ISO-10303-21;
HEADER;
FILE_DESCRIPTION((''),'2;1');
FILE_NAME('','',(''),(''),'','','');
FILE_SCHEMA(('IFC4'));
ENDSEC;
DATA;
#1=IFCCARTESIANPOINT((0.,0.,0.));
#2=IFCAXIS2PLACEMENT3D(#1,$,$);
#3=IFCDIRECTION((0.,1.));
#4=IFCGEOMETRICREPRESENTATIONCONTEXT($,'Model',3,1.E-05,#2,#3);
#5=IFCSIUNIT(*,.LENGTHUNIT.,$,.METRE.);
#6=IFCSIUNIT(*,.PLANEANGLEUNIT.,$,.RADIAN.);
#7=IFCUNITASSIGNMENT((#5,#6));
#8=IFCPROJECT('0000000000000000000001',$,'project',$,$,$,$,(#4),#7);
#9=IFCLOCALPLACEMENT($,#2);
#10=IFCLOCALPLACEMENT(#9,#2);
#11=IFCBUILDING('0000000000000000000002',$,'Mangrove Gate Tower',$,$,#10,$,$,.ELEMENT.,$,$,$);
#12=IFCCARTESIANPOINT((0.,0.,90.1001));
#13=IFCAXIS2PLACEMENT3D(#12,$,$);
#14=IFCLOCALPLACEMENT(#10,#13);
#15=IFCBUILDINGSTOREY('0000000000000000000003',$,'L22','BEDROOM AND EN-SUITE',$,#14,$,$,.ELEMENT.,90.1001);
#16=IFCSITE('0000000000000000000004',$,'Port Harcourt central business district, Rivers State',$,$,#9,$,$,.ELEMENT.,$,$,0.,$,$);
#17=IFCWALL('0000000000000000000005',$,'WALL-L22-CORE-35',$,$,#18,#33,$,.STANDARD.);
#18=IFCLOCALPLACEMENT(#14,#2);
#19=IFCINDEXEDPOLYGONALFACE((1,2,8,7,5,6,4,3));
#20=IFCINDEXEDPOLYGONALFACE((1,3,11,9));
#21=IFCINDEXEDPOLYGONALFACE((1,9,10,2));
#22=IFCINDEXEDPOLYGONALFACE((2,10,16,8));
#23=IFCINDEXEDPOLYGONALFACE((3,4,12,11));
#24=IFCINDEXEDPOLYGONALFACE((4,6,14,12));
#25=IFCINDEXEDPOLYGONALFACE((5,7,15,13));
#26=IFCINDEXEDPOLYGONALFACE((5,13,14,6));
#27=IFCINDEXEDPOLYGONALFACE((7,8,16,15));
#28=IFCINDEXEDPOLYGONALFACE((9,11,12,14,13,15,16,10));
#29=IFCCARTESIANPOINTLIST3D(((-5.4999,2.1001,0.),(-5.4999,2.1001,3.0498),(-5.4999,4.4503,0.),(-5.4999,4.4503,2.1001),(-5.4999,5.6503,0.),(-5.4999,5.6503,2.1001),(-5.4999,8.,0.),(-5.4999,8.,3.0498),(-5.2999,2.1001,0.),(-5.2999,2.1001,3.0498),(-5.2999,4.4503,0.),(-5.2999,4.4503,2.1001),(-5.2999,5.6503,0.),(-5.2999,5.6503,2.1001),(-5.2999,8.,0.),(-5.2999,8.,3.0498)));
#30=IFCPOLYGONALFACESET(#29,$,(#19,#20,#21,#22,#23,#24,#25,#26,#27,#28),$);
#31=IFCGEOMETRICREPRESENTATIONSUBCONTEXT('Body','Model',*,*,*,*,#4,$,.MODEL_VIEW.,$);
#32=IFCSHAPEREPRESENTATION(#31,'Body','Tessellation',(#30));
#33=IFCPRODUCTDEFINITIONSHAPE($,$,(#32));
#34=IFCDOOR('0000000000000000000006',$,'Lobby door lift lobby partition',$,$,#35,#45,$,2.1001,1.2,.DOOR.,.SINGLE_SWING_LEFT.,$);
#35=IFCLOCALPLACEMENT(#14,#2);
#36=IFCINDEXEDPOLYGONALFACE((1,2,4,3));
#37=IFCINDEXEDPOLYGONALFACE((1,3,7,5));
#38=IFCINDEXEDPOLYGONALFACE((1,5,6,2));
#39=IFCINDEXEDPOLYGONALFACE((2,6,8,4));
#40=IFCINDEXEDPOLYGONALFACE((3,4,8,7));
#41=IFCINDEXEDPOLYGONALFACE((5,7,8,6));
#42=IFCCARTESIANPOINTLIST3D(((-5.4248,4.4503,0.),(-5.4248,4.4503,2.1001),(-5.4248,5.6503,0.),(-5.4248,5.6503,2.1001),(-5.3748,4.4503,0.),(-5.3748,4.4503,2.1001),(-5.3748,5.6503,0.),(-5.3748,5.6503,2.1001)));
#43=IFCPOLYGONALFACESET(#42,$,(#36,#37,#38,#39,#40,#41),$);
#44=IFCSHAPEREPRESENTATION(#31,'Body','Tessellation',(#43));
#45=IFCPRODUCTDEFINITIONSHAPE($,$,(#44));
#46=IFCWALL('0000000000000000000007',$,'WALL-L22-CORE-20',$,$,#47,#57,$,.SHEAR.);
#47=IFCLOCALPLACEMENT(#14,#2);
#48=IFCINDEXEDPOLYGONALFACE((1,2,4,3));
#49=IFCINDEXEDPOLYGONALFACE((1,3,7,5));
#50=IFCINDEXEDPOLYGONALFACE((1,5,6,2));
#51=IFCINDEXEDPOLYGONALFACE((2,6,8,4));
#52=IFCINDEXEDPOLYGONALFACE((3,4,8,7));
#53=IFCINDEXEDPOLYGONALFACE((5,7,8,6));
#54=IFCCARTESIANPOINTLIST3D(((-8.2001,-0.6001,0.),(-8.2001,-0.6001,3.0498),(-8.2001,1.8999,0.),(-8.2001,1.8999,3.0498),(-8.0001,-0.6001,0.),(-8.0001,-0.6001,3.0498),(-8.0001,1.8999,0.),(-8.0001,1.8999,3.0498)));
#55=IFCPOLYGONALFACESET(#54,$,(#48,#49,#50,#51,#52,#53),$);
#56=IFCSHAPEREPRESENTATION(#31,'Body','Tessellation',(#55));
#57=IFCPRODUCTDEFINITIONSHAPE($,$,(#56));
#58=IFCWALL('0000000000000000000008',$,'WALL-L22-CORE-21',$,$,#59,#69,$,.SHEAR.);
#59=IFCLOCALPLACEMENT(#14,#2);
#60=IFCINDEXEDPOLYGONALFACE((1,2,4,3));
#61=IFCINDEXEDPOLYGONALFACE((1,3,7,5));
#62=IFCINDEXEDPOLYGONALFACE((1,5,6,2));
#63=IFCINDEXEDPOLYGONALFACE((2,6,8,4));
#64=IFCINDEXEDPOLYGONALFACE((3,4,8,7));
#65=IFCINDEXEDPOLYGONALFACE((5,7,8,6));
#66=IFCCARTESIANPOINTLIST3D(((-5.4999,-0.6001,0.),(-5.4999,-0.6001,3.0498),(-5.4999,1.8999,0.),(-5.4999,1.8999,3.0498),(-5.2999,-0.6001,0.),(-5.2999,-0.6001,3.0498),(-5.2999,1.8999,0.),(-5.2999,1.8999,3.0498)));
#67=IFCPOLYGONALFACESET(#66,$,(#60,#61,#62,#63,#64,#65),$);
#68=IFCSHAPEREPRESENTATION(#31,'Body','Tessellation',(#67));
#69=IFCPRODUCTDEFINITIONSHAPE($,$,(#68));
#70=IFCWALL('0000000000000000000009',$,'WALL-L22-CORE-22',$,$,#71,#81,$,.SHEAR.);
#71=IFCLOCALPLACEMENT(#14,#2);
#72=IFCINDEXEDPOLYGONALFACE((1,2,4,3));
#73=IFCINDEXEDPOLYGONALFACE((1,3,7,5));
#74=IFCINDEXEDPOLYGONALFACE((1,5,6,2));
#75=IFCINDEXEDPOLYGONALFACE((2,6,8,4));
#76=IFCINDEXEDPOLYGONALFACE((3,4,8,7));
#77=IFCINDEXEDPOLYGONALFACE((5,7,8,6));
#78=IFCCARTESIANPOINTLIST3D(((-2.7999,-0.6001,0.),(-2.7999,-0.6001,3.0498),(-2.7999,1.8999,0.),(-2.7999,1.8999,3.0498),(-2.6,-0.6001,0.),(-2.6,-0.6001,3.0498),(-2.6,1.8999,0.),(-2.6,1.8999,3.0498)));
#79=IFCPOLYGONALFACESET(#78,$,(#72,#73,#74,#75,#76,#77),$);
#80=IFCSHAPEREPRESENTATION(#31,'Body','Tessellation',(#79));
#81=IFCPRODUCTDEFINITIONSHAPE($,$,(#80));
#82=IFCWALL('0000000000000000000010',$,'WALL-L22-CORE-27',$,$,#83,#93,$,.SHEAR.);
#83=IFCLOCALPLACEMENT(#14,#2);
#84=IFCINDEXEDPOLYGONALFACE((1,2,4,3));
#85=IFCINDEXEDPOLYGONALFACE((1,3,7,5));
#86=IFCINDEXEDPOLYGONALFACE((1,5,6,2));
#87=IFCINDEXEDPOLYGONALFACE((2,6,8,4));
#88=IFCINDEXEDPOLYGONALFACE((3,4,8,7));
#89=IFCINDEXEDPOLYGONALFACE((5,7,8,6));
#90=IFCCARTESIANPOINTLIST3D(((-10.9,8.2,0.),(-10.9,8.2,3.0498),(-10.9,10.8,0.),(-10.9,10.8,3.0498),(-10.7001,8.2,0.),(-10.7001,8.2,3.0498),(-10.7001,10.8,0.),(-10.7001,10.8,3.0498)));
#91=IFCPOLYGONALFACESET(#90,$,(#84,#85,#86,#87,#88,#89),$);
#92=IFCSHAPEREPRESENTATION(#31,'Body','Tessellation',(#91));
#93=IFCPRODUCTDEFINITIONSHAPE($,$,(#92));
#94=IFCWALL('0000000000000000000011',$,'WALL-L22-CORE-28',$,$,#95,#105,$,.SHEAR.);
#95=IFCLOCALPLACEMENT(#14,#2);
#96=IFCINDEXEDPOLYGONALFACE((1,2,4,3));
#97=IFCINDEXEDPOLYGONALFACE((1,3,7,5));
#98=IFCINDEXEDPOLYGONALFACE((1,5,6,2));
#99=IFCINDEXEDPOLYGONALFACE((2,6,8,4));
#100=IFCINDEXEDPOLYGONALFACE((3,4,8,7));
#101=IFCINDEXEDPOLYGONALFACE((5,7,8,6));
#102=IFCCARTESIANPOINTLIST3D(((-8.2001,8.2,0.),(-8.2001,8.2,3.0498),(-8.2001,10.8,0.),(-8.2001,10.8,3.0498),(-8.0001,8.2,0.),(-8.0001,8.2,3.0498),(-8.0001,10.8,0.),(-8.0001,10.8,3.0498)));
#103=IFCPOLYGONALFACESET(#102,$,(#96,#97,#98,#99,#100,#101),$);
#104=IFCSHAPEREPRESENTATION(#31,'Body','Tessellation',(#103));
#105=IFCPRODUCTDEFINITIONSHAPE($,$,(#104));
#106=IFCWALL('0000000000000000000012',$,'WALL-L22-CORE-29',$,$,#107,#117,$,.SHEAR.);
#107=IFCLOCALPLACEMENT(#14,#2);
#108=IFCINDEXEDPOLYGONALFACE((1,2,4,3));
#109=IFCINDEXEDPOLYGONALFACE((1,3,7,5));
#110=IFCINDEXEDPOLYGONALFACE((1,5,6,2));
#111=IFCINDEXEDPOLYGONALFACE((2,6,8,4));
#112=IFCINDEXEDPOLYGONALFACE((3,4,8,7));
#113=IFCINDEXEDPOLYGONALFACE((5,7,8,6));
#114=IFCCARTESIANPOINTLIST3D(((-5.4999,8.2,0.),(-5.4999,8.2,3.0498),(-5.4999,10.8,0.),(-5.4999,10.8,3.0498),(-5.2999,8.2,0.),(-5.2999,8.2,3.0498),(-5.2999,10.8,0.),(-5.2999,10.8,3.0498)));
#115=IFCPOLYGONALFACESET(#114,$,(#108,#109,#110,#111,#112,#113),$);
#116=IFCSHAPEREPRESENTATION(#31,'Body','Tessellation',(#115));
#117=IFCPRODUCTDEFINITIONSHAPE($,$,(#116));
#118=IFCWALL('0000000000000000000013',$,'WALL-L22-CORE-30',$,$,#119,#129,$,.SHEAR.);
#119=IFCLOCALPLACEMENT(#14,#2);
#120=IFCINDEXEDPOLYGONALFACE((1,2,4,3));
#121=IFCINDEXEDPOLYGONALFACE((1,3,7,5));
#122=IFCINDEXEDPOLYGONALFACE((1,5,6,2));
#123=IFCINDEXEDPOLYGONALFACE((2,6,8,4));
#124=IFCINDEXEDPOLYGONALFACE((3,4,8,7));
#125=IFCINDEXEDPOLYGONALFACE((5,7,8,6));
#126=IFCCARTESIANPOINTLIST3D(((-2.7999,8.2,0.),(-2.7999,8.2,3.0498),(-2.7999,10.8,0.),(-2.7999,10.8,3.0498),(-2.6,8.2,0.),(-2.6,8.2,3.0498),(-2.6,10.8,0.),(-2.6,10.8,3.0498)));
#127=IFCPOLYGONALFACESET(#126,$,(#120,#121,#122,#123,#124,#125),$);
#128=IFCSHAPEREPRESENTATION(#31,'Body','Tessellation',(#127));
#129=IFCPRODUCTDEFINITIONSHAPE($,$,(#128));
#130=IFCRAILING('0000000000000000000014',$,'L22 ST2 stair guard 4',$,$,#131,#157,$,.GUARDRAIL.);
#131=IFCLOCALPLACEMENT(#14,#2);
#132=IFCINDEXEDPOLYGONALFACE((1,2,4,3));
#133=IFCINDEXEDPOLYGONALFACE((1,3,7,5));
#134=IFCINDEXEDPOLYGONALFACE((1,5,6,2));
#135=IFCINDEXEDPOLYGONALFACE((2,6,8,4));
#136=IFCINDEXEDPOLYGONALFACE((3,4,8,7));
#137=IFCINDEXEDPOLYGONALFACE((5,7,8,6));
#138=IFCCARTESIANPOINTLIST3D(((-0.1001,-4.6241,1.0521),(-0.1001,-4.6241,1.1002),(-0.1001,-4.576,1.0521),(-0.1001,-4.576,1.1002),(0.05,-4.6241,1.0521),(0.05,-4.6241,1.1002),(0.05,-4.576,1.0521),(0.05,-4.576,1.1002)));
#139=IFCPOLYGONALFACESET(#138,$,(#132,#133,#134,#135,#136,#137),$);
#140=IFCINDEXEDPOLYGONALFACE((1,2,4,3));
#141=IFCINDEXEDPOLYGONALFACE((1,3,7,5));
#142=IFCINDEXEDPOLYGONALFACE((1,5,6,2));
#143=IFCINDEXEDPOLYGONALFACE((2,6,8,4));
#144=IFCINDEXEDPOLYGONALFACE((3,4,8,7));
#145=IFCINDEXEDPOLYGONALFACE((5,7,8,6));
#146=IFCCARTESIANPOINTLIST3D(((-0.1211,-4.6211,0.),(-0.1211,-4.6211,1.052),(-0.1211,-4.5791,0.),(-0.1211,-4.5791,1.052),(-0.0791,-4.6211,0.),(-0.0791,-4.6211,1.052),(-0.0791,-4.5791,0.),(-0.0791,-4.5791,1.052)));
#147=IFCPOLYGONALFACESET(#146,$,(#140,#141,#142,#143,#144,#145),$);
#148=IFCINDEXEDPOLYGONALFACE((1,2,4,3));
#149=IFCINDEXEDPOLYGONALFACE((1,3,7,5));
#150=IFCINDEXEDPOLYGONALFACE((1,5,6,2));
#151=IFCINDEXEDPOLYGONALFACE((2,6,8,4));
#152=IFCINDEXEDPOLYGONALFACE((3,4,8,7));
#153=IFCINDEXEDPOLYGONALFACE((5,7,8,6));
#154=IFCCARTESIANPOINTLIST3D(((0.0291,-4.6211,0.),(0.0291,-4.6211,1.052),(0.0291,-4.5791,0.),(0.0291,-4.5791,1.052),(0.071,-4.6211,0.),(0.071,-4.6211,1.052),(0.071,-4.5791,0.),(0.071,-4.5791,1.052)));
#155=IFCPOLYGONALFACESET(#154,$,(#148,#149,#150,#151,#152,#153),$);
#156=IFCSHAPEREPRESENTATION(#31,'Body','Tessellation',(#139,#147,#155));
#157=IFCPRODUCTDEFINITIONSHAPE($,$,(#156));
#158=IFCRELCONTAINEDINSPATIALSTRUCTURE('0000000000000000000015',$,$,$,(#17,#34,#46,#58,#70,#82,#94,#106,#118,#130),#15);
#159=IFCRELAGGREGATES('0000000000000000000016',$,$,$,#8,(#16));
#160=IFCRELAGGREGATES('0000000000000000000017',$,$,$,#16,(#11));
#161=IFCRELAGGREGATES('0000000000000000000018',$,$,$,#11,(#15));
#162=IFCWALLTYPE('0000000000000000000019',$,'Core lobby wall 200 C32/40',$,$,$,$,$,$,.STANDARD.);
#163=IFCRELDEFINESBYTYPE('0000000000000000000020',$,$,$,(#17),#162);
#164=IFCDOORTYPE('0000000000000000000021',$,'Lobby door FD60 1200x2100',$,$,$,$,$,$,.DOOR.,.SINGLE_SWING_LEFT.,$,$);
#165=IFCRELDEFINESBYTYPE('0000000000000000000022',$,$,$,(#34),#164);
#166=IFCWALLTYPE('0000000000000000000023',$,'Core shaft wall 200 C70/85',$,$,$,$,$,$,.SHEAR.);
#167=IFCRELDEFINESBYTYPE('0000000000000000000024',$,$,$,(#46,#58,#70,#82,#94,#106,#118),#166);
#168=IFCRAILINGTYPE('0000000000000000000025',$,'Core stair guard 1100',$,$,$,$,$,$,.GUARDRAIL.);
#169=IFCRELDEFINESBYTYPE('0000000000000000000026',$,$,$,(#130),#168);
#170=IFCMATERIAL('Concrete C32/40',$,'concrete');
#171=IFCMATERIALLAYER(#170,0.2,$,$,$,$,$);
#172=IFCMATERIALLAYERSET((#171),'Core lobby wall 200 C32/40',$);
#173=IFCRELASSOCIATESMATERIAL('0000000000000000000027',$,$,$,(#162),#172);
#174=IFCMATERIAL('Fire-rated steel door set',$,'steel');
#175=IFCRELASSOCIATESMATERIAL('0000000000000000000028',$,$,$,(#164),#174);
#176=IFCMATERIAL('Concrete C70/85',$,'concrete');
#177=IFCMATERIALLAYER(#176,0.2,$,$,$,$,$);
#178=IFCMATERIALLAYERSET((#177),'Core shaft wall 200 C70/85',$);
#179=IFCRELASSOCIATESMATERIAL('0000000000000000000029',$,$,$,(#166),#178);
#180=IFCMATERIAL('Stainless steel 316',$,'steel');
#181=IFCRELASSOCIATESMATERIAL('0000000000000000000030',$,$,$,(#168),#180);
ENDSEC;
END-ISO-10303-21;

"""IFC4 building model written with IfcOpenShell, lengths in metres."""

from ifc_helpers import new_model, si_unit, direction, frame, frame_2d, origin, origin_2d, place, context, subcontext, project, spatial, rectangle, extrude, material, layer, layer_set, type_object, element, fill, save


model = new_model("IFC4")

# Units and contexts
model_context = context("Model", 3, precision=1e-05, world=origin(), true_north=direction((0.0, 1.0)))
body_context = subcontext(model_context, "Body", "Model", "MODEL_VIEW")
ifc_project = project(units=[si_unit("LENGTHUNIT", "METRE"), si_unit("PLANEANGLEUNIT", "RADIAN")], contexts=[model_context])

# Site, building, storey
site_placement = place(None, origin())
site = spatial("IfcSite", under=ifc_project, at=site_placement, Name="Port Harcourt central business district, Rivers State", CompositionType="ELEMENT", RefElevation=0.0)
building_placement = place(site_placement, origin())
building = spatial("IfcBuilding", under=site, at=building_placement, Name="Mangrove Gate Tower", CompositionType="ELEMENT")
storey_placement = place(building_placement, frame((0.0, 0.0, 90.1001)))
storey = spatial("IfcBuildingStorey", under=building, at=storey_placement, Name="L22", Description="BEDROOM AND EN-SUITE", CompositionType="ELEMENT", Elevation=90.1001)

# Wall, opening, door
ifc_material_1 = material(Name="Concrete C32/40", Category="concrete")
ifc_layer_1 = layer(ifc_material_1, 0.2)
ifc_layer_set_1 = layer_set([ifc_layer_1], Name="Core lobby wall 200 C32/40")
wall_type_1 = type_object("IfcWallType", Name="Core lobby wall 200 C32/40", PredefinedType="STANDARD", material=ifc_layer_set_1)
wall_placement = place(storey_placement, frame((-5.3999, 2.1001, 0.0), z_axis=(0.0, 0.0, 1.0), x_axis=(0.0, 1.0, 0.0)))
wall = element("IfcWall", 1, at=wall_placement, inside=storey, type_object=wall_type_1, Name="WALL-L22-CORE-35", PredefinedType="STANDARD", context=body_context, shape_type="SweptSolid", body=[
    extrude(rectangle(XDim=5.8999, YDim=0.2, at=frame_2d((2.95, 0.0))), origin(), (0.0, 0.0, 1.0), 3.0498),
])
opening_placement = place(wall_placement, frame((2.3501, 0.0, 0.0)))
opening = element("IfcOpeningElement", 2, at=opening_placement, cuts=wall, PredefinedType="OPENING", context=body_context, shape_type="SweptSolid", body=[
    extrude(rectangle(XDim=1.2, YDim=2.1001, at=frame_2d((0.6001, 1.05))), frame((0.0, 0.1099, 0.0), z_axis=(0.0, -1.0, 0.0), x_axis=(1.0, 0.0, 0.0)), (0.0, 0.0, 1.0), 0.22),
])
ifc_material_2 = material(Name="Fire-rated steel door set", Category="steel")
door_type = type_object("IfcDoorType", Name="Lobby door FD60 1200x2100", OperationType="SINGLE_SWING_LEFT", PredefinedType="DOOR", material=ifc_material_2)
door_placement = place(opening_placement, origin())
door = element("IfcDoor", 3, at=door_placement, inside=storey, type_object=door_type, Name="Lobby door lift lobby partition", OperationType="SINGLE_SWING_LEFT", OverallHeight=2.1001, OverallWidth=1.2, PredefinedType="DOOR", context=body_context, shape_type="SweptSolid", body=[
    extrude(rectangle(XDim=1.2, YDim=2.1001, at=frame_2d((0.6001, 1.05))), frame((0.0, 0.0249, 0.0), z_axis=(0.0, -1.0, 0.0), x_axis=(1.0, 0.0, 0.0)), (0.0, 0.0, 1.0), 0.05),
])
fill(opening, door)

# Walls
ifc_material_3 = material(Name="Concrete C70/85", Category="concrete")
ifc_layer_2 = layer(ifc_material_3, 0.2)
ifc_layer_set_2 = layer_set([ifc_layer_2], Name="Core shaft wall 200 C70/85")
wall_type_2 = type_object("IfcWallType", Name="Core shaft wall 200 C70/85", PredefinedType="SHEAR", material=ifc_layer_set_2)
for number, where, z_axis, x_axis, name in (
    (4, (-8.1001, -0.6001, 0.0), (0.0, 0.0, 1.0), (0.0, 1.0, 0.0), "WALL-L22-CORE-20"),
    (5, (-5.3999, -0.6001, 0.0), (0.0, 0.0, 1.0), (0.0, 1.0, 0.0), "WALL-L22-CORE-21"),
    (6, (-2.7, -0.6001, 0.0), (0.0, 0.0, 1.0), (0.0, 1.0, 0.0), "WALL-L22-CORE-22"),
):
    element("IfcWall", number, at=place(storey_placement, frame(where, z_axis=z_axis, x_axis=x_axis)), inside=storey, type_object=wall_type_2, Name=name, PredefinedType="SHEAR", context=body_context, shape_type="SweptSolid", body=[
        extrude(rectangle(XDim=2.5, YDim=0.2, at=frame_2d((1.25, 0.0))), origin(), (0.0, 0.0, 1.0), 3.0498),
    ])
for number, where, z_axis, x_axis, name in (
    (7, (-10.8, 8.2, 0.0), (0.0, 0.0, 1.0), (0.0, 1.0, 0.0), "WALL-L22-CORE-27"),
    (8, (-8.1001, 8.2, 0.0), (0.0, 0.0, 1.0), (0.0, 1.0, 0.0), "WALL-L22-CORE-28"),
    (9, (-5.3999, 8.2, 0.0), (0.0, 0.0, 1.0), (0.0, 1.0, 0.0), "WALL-L22-CORE-29"),
    (10, (-2.7, 8.2, 0.0), (0.0, 0.0, 1.0), (0.0, 1.0, 0.0), "WALL-L22-CORE-30"),
):
    element("IfcWall", number, at=place(storey_placement, frame(where, z_axis=z_axis, x_axis=x_axis)), inside=storey, type_object=wall_type_2, Name=name, PredefinedType="SHEAR", context=body_context, shape_type="SweptSolid", body=[
        extrude(rectangle(XDim=2.6001, YDim=0.2, at=frame_2d((1.3, 0.0))), origin(), (0.0, 0.0, 1.0), 3.0498),
    ])

# Railing
ifc_material_4 = material(Name="Stainless steel 316", Category="steel")
railing_type = type_object("IfcRailingType", Name="Core stair guard 1100", PredefinedType="GUARDRAIL", material=ifc_material_4)
railing_placement = place(storey_placement, frame((-0.1001, -4.6001, 0.0)))
element("IfcRailing", 11, at=railing_placement, inside=storey, type_object=railing_type, Name="L22 ST2 stair guard 4", PredefinedType="GUARDRAIL", context=body_context, shape_type="SweptSolid", body=[
    extrude(rectangle(XDim=0.0481, YDim=0.0481, at=origin_2d()), frame((0.0, 0.0, 1.0762), z_axis=(1.0, 0.0, 0.0), x_axis=(0.0, 1.0, 0.0)), (0.0, 0.0, 1.0), 0.1501),
    extrude(rectangle(XDim=0.042, YDim=0.042, at=origin_2d()), origin(), (0.0, 0.0, 1.0), 1.052),
    extrude(rectangle(XDim=0.042, YDim=0.042, at=origin_2d()), frame((0.1501, 0.0, 0.0)), (0.0, 0.0, 1.0), 1.052),
])

save(model, "model.ifc")
